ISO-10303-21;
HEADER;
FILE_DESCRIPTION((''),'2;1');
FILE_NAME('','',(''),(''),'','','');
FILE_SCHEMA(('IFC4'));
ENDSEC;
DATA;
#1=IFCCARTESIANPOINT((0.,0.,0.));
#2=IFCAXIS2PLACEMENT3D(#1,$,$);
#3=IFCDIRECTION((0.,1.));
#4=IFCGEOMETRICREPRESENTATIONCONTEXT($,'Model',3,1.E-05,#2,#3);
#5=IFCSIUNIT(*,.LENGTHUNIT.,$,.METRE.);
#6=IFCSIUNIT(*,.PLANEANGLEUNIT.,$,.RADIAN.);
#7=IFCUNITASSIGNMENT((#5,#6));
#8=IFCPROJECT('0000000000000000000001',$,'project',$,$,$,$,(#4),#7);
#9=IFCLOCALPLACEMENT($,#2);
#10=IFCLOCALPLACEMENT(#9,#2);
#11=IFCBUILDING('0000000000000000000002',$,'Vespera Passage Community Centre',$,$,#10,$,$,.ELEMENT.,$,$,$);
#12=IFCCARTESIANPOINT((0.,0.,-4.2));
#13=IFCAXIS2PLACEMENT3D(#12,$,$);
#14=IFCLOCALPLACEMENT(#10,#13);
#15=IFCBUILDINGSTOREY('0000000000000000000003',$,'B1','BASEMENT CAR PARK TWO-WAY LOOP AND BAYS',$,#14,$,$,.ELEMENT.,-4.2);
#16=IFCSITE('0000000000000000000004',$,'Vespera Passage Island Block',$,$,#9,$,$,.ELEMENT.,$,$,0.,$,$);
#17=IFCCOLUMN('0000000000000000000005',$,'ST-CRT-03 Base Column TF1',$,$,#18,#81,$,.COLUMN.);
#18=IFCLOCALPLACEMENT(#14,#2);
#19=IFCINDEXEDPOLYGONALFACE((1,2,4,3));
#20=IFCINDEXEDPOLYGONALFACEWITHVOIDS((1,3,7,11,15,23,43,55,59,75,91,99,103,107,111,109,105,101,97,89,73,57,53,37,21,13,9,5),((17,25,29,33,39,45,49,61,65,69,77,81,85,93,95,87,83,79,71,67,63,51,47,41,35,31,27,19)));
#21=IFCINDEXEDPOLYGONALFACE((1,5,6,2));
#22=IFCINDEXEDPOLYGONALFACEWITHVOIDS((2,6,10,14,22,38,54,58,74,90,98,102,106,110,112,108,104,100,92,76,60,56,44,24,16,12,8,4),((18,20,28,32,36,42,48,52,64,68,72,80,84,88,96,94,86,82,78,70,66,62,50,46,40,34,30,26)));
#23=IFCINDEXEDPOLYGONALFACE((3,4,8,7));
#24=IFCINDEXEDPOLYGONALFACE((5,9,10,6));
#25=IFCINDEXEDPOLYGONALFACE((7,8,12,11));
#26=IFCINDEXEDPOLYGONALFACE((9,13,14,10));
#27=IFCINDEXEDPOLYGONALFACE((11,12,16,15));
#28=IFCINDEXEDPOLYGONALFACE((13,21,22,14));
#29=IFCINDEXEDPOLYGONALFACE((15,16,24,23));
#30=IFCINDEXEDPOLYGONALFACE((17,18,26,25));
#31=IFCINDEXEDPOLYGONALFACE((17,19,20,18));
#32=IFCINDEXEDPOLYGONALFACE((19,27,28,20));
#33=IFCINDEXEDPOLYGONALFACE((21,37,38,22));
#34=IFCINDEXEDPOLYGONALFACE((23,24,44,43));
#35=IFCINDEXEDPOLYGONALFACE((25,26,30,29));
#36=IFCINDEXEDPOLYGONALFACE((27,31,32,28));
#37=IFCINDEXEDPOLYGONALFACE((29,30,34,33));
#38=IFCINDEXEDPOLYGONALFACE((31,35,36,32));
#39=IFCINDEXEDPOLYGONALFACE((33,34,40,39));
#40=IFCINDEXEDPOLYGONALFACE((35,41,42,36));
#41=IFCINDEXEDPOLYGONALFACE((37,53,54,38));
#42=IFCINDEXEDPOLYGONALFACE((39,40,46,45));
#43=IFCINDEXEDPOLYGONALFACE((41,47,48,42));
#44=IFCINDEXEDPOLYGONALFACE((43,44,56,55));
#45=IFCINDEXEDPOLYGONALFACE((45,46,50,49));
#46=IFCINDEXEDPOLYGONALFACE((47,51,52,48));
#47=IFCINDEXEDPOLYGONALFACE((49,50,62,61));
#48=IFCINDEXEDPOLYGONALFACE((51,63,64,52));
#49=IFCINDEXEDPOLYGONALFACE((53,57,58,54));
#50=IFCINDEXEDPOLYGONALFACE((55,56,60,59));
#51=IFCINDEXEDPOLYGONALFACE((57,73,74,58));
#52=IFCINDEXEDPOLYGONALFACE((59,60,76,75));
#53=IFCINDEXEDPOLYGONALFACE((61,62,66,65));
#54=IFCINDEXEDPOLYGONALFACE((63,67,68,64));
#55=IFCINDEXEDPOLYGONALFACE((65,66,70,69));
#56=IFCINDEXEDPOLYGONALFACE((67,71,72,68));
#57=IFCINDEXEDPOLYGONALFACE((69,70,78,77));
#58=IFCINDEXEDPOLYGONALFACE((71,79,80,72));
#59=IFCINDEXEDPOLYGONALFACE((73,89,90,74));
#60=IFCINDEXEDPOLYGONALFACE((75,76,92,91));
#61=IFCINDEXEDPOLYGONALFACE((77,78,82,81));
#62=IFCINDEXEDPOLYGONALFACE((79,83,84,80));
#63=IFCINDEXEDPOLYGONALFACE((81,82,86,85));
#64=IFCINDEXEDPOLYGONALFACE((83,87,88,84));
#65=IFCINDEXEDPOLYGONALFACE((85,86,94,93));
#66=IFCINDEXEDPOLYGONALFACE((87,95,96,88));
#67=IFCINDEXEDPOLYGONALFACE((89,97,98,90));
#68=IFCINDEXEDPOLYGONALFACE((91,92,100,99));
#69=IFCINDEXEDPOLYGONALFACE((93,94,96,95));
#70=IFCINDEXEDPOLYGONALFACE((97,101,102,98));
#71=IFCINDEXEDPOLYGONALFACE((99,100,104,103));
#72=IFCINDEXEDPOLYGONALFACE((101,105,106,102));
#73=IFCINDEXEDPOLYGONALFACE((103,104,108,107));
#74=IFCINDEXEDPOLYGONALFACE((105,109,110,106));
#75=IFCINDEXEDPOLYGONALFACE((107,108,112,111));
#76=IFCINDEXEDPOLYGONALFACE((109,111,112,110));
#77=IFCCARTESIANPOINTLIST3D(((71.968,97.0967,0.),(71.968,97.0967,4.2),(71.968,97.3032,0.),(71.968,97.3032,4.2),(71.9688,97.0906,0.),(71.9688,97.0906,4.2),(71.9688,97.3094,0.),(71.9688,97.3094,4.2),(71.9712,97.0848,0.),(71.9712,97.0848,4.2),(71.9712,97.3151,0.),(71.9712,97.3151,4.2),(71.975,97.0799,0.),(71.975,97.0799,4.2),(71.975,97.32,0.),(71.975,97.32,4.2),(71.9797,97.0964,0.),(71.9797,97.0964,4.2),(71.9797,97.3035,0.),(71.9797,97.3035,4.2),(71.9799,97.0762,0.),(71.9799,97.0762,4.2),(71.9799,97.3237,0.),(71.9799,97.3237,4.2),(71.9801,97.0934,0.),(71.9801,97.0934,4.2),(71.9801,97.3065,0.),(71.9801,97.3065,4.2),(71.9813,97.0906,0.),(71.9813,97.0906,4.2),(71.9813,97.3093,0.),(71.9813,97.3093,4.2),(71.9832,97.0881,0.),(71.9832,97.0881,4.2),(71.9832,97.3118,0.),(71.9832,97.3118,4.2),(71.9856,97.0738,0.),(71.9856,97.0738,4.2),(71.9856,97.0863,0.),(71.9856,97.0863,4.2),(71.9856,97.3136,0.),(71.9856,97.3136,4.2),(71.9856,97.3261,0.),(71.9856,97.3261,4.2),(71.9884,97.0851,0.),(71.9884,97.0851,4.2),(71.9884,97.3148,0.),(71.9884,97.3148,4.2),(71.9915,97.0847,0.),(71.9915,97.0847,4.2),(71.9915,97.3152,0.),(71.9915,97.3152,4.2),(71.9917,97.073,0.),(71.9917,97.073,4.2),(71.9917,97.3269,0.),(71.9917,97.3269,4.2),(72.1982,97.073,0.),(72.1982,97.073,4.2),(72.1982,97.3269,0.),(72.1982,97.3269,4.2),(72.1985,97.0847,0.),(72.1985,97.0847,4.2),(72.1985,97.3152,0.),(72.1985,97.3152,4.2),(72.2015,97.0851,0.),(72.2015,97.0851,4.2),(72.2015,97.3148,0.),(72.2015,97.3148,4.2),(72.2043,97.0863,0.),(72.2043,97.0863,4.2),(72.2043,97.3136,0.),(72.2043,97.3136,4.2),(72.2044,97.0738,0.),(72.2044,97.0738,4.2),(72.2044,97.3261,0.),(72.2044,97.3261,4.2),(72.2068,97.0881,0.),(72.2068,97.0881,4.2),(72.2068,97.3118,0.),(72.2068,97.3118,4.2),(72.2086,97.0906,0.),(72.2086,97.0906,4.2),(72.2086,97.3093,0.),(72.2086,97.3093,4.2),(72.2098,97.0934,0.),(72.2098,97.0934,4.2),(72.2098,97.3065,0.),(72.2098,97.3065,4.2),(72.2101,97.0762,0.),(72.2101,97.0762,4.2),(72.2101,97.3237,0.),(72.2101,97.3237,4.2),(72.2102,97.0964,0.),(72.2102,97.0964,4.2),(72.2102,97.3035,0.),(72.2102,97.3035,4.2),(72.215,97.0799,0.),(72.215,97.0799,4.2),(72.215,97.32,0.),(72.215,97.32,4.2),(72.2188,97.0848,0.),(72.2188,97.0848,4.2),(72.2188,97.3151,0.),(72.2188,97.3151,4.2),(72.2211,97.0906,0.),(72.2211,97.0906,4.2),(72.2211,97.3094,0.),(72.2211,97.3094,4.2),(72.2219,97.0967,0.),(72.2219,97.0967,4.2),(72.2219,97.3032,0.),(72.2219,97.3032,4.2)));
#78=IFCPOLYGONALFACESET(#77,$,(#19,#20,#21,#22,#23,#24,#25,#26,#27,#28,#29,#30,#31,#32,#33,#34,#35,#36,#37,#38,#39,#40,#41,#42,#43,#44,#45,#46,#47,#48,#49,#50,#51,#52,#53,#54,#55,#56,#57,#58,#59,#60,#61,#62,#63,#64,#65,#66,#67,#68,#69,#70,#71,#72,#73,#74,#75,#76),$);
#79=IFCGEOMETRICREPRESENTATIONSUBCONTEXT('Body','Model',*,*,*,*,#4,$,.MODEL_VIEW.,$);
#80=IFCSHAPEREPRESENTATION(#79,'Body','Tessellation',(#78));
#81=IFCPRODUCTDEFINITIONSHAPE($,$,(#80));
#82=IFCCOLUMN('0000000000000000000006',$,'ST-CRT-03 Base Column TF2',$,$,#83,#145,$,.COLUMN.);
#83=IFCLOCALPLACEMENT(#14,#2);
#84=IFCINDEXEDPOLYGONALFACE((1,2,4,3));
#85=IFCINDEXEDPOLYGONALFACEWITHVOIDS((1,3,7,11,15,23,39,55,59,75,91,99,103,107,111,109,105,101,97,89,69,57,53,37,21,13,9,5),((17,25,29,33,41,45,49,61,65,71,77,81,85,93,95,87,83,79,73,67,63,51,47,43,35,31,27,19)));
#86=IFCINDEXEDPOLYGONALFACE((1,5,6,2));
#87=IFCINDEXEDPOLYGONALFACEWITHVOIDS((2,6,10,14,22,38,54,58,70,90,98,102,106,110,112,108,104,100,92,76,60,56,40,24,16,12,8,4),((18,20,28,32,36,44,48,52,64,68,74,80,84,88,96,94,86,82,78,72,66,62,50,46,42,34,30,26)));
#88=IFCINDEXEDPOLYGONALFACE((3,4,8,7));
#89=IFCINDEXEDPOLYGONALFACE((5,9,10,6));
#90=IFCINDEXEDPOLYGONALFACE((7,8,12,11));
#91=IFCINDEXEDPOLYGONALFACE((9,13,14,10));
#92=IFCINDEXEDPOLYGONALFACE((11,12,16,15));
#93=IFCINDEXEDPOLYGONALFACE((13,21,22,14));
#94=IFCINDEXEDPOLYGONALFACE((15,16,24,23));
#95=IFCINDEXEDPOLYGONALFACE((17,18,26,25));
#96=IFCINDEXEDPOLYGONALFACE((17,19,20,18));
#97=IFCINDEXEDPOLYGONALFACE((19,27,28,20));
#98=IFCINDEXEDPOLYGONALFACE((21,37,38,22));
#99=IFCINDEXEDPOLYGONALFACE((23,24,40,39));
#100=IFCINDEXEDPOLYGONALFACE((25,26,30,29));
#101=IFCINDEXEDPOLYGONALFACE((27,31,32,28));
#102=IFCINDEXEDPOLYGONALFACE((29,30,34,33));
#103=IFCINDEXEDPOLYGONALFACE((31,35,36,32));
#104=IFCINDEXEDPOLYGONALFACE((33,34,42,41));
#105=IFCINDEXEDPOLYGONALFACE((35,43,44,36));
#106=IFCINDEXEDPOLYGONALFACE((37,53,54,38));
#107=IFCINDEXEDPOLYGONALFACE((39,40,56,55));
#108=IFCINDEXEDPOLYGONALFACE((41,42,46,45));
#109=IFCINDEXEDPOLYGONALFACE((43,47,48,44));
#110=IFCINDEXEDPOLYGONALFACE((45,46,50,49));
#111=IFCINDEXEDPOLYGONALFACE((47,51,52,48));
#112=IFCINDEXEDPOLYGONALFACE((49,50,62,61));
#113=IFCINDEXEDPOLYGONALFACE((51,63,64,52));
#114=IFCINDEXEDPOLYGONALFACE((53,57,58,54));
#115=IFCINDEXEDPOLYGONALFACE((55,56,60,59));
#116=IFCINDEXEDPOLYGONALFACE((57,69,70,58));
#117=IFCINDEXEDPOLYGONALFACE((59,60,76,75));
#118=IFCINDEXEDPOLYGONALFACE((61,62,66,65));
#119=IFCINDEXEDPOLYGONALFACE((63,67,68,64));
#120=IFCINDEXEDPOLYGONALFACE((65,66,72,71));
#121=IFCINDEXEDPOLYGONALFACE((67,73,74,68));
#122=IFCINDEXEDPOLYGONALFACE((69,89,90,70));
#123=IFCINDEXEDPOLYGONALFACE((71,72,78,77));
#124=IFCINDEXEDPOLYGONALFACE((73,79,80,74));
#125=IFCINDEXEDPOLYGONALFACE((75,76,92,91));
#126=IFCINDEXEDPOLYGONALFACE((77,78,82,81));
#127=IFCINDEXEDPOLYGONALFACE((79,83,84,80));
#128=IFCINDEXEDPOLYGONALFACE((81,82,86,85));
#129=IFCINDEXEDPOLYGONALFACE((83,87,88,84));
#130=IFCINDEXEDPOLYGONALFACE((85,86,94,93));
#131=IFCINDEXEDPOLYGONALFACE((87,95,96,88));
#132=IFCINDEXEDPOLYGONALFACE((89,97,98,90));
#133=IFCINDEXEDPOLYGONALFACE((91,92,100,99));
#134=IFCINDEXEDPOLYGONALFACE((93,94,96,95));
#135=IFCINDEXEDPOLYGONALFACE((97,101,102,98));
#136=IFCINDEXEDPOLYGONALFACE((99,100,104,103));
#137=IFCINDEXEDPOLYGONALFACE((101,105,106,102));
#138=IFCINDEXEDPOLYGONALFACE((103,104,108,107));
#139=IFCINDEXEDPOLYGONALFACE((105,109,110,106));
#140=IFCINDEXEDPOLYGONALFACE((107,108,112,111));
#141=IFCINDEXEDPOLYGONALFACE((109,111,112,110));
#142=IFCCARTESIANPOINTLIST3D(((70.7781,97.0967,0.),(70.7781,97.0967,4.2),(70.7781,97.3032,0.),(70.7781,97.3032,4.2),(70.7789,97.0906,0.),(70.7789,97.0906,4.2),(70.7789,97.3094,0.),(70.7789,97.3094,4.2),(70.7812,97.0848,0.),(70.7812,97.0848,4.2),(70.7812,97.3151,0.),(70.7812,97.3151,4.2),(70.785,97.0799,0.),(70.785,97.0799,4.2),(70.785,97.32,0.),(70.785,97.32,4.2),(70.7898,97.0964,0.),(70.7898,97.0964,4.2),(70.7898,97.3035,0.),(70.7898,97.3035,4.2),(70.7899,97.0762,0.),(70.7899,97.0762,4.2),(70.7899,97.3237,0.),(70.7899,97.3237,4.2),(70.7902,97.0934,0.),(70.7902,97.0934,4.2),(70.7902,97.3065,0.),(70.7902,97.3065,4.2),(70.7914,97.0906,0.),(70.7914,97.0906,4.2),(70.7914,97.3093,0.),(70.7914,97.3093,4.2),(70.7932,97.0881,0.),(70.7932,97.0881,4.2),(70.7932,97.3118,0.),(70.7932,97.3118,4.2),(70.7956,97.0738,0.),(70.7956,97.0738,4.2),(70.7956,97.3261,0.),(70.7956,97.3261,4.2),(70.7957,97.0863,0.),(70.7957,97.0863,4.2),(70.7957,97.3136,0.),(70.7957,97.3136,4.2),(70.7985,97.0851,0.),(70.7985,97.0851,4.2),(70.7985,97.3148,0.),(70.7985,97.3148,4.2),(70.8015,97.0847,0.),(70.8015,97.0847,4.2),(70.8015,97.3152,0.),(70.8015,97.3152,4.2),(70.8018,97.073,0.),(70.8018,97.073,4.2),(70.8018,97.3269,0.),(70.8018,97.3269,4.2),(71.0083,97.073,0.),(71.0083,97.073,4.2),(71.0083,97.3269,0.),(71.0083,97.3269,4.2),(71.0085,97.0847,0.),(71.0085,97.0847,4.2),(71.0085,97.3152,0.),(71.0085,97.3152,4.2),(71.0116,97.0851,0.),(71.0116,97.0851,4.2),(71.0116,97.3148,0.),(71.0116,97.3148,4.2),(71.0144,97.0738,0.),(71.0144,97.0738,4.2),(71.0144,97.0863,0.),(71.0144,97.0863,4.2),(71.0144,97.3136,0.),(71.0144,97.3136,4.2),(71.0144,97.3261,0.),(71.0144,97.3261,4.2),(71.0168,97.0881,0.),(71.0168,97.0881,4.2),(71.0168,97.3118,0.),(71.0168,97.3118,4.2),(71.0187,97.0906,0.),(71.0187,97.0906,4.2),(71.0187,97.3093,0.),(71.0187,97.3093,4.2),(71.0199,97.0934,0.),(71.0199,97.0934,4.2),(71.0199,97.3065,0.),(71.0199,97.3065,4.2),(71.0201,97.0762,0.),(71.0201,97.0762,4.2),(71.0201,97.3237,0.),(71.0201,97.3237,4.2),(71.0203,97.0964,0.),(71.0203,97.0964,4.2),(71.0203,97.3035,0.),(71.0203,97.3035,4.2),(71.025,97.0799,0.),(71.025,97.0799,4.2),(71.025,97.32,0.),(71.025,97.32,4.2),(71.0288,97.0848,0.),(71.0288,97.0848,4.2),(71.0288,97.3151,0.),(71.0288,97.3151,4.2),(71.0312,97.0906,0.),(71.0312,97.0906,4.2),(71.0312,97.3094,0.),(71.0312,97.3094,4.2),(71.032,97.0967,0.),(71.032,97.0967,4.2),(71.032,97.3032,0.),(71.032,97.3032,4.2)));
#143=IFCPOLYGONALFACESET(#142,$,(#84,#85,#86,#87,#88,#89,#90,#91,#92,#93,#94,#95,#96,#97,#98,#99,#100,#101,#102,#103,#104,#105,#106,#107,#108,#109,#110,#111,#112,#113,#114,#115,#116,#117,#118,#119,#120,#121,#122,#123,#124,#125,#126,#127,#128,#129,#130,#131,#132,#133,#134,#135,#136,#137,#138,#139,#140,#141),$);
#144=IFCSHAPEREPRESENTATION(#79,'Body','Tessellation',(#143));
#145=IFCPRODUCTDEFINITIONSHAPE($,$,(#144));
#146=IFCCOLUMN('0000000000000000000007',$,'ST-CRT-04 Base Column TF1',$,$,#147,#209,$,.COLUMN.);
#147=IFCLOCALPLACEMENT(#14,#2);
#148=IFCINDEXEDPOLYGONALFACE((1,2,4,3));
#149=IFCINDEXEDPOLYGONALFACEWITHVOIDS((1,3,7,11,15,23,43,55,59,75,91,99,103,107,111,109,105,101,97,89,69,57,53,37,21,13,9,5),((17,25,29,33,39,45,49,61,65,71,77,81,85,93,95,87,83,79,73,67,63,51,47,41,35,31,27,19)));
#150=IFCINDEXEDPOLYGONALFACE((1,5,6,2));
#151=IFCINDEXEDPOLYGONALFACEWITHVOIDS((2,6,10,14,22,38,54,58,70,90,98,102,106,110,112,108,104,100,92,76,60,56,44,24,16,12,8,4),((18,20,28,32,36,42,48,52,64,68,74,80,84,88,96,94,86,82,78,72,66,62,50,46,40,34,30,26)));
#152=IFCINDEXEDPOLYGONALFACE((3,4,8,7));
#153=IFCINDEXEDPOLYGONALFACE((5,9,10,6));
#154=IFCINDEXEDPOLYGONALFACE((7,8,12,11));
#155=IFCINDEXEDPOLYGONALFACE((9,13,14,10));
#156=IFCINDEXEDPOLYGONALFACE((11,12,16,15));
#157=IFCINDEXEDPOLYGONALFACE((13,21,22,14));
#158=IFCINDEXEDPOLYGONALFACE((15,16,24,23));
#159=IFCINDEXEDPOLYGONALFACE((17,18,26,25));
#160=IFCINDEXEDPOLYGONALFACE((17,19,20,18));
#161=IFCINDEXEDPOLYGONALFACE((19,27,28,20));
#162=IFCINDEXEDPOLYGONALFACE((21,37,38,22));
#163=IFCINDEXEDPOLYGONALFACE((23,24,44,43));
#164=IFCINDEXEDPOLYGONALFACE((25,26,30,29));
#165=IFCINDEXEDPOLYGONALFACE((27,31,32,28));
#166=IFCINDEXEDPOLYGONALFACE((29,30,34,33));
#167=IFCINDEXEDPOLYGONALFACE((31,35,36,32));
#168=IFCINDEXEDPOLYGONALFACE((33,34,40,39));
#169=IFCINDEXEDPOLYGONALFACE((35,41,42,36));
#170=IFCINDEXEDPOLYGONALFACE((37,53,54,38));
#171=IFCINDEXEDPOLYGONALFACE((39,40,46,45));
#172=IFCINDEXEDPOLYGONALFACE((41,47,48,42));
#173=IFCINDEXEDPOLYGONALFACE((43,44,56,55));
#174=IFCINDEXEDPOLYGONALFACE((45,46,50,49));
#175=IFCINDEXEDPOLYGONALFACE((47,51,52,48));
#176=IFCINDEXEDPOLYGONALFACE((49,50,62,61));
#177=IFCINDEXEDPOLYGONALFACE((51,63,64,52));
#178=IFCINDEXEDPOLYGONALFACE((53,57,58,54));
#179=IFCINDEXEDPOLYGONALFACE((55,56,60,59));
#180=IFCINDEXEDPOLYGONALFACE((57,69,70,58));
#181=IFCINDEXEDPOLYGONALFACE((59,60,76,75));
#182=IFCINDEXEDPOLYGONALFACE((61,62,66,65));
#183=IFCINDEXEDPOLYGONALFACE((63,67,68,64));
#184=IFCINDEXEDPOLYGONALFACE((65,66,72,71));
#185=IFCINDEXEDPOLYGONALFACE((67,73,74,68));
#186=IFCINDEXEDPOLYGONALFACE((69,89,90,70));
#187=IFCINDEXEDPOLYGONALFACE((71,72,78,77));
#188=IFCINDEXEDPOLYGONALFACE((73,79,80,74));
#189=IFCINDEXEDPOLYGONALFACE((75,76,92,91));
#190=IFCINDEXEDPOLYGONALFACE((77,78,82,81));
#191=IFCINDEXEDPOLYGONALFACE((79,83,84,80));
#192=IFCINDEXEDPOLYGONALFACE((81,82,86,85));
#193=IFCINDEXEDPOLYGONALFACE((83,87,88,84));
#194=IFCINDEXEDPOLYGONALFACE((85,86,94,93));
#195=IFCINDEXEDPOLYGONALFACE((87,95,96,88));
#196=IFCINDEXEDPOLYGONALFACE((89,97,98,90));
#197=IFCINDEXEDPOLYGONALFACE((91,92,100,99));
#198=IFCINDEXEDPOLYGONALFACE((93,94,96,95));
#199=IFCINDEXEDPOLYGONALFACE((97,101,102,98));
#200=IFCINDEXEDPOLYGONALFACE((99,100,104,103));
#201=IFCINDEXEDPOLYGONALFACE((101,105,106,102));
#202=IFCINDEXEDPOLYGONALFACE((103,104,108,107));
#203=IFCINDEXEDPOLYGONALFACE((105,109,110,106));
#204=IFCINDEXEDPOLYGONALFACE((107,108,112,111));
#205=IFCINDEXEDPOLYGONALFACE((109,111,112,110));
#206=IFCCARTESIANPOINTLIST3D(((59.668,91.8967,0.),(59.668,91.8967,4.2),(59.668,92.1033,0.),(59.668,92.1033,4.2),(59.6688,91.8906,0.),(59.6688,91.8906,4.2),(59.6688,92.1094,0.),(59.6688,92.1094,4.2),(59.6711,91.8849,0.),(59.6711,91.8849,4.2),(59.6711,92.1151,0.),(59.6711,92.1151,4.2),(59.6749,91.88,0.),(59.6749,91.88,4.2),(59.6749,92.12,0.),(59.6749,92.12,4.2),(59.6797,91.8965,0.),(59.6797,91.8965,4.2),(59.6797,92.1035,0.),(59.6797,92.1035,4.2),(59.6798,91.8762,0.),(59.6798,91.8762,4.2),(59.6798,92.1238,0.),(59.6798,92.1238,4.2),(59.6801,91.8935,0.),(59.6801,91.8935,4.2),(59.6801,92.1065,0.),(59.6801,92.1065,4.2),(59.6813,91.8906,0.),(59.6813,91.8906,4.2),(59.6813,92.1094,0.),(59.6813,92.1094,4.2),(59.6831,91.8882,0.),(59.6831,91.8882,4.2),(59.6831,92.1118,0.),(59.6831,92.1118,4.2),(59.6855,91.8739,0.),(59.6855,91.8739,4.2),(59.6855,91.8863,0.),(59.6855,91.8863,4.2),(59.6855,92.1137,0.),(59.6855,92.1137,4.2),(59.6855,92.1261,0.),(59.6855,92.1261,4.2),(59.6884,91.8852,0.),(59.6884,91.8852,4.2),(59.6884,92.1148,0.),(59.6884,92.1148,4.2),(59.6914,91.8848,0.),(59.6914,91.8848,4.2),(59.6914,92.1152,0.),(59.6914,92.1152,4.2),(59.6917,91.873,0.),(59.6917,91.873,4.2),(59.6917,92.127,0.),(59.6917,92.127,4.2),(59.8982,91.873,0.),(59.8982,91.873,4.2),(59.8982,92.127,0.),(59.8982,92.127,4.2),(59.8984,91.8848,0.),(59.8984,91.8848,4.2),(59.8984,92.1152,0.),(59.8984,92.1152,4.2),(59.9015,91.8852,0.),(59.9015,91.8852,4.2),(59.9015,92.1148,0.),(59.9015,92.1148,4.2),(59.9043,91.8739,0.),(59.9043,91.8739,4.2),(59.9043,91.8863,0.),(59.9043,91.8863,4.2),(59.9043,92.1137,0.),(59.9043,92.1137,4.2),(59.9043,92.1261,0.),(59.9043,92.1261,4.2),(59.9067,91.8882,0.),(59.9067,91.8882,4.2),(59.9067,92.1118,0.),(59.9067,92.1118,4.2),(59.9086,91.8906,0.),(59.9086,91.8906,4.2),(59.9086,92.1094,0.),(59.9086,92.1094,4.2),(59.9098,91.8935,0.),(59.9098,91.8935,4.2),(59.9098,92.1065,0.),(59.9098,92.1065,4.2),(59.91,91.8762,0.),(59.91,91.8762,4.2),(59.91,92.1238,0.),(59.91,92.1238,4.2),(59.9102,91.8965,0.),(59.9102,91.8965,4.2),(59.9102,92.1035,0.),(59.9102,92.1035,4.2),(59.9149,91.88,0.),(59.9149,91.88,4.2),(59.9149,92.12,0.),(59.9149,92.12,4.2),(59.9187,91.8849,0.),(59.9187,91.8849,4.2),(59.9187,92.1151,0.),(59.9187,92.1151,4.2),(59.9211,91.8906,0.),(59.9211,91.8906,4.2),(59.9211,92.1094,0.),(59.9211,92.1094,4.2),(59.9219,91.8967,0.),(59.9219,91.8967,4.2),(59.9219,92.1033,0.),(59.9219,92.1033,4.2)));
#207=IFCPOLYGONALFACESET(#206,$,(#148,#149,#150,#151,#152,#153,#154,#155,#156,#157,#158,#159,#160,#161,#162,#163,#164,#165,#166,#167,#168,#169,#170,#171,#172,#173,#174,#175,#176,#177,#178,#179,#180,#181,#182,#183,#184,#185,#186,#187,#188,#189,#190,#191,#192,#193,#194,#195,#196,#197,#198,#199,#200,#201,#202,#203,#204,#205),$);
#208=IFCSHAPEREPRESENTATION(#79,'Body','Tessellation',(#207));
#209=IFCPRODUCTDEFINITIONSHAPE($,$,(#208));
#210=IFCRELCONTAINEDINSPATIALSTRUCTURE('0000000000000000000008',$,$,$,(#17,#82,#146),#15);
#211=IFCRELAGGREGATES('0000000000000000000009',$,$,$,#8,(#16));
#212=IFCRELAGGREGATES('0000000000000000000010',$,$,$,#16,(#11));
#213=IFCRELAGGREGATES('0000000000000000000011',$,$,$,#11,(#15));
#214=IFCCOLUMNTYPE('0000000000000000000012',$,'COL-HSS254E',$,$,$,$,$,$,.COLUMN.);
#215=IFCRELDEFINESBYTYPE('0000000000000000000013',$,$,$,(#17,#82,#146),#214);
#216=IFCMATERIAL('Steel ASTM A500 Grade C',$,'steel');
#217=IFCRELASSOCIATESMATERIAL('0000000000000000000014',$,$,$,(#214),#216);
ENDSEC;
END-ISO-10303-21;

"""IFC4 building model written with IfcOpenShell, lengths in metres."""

from ifc_helpers import new_model, si_unit, direction, frame, origin, origin_2d, place, context, subcontext, project, spatial, hollow_rectangle, extrude, material, material_profile, profile_set, type_object, element, save


model = new_model("IFC4")

# Units and contexts
model_context = context("Model", 3, precision=1e-05, world=origin(), true_north=direction((0.0, 1.0)))
body_context = subcontext(model_context, "Body", "Model", "MODEL_VIEW")
ifc_project = project(units=[si_unit("LENGTHUNIT", "METRE"), si_unit("PLANEANGLEUNIT", "RADIAN")], contexts=[model_context])

# Site, building, storey
site_placement = place(None, origin())
site = spatial("IfcSite", under=ifc_project, at=site_placement, Name="Vespera Passage Island Block", CompositionType="ELEMENT", RefElevation=0.0)
building_placement = place(site_placement, origin())
building = spatial("IfcBuilding", under=site, at=building_placement, Name="Vespera Passage Community Centre", CompositionType="ELEMENT")
storey_placement = place(building_placement, frame((0.0, 0.0, -4.2)))
storey = spatial("IfcBuildingStorey", under=building, at=storey_placement, Name="B1", Description="BASEMENT CAR PARK TWO-WAY LOOP AND BAYS", CompositionType="ELEMENT", Elevation=-4.2)

# Columns
ifc_material_1 = material(Name="Steel ASTM A500 Grade C", Category="steel")
ifc_material_profile_1 = material_profile(ifc_material_1, hollow_rectangle(XDim=0.2539, YDim=0.2539, WallThickness=0.0117, InnerFilletRadius=0.0117, OuterFilletRadius=0.0237, at=origin_2d()), Name="HSS254X254X12.7")
ifc_profile_set_1 = profile_set([ifc_material_profile_1], Name="Steel ASTM A500 Grade C")
column_type_1 = type_object("IfcColumnType", Name="COL-HSS254E", PredefinedType="COLUMN", material=ifc_profile_set_1)
for number, where, z_axis, x_axis, name in (
    (1, (72.095, 97.2, 0.0), (0.0, 0.0, 1.0), (1.0, 0.0, 0.0), "ST-CRT-03 Base Column TF1"),
    (2, (70.905, 97.2, 0.0), (0.0, 0.0, 1.0), (1.0, 0.0, 0.0), "ST-CRT-03 Base Column TF2"),
    (3, (59.7949, 92.0, 0.0), (0.0, 0.0, 1.0), (1.0, 0.0, 0.0), "ST-CRT-04 Base Column TF1"),
):
    element("IfcColumn", number, at=place(storey_placement, frame(where, z_axis=z_axis, x_axis=x_axis)), inside=storey, type_object=column_type_1, Name=name, PredefinedType="COLUMN", context=body_context, shape_type="SweptSolid", body=[
        extrude(hollow_rectangle(XDim=0.2539, YDim=0.2539, WallThickness=0.0117, InnerFilletRadius=0.0117, OuterFilletRadius=0.0237, at=origin_2d()), origin(), (0.0, 0.0, 1.0), 4.2),
    ])

save(model, "model.ifc")
